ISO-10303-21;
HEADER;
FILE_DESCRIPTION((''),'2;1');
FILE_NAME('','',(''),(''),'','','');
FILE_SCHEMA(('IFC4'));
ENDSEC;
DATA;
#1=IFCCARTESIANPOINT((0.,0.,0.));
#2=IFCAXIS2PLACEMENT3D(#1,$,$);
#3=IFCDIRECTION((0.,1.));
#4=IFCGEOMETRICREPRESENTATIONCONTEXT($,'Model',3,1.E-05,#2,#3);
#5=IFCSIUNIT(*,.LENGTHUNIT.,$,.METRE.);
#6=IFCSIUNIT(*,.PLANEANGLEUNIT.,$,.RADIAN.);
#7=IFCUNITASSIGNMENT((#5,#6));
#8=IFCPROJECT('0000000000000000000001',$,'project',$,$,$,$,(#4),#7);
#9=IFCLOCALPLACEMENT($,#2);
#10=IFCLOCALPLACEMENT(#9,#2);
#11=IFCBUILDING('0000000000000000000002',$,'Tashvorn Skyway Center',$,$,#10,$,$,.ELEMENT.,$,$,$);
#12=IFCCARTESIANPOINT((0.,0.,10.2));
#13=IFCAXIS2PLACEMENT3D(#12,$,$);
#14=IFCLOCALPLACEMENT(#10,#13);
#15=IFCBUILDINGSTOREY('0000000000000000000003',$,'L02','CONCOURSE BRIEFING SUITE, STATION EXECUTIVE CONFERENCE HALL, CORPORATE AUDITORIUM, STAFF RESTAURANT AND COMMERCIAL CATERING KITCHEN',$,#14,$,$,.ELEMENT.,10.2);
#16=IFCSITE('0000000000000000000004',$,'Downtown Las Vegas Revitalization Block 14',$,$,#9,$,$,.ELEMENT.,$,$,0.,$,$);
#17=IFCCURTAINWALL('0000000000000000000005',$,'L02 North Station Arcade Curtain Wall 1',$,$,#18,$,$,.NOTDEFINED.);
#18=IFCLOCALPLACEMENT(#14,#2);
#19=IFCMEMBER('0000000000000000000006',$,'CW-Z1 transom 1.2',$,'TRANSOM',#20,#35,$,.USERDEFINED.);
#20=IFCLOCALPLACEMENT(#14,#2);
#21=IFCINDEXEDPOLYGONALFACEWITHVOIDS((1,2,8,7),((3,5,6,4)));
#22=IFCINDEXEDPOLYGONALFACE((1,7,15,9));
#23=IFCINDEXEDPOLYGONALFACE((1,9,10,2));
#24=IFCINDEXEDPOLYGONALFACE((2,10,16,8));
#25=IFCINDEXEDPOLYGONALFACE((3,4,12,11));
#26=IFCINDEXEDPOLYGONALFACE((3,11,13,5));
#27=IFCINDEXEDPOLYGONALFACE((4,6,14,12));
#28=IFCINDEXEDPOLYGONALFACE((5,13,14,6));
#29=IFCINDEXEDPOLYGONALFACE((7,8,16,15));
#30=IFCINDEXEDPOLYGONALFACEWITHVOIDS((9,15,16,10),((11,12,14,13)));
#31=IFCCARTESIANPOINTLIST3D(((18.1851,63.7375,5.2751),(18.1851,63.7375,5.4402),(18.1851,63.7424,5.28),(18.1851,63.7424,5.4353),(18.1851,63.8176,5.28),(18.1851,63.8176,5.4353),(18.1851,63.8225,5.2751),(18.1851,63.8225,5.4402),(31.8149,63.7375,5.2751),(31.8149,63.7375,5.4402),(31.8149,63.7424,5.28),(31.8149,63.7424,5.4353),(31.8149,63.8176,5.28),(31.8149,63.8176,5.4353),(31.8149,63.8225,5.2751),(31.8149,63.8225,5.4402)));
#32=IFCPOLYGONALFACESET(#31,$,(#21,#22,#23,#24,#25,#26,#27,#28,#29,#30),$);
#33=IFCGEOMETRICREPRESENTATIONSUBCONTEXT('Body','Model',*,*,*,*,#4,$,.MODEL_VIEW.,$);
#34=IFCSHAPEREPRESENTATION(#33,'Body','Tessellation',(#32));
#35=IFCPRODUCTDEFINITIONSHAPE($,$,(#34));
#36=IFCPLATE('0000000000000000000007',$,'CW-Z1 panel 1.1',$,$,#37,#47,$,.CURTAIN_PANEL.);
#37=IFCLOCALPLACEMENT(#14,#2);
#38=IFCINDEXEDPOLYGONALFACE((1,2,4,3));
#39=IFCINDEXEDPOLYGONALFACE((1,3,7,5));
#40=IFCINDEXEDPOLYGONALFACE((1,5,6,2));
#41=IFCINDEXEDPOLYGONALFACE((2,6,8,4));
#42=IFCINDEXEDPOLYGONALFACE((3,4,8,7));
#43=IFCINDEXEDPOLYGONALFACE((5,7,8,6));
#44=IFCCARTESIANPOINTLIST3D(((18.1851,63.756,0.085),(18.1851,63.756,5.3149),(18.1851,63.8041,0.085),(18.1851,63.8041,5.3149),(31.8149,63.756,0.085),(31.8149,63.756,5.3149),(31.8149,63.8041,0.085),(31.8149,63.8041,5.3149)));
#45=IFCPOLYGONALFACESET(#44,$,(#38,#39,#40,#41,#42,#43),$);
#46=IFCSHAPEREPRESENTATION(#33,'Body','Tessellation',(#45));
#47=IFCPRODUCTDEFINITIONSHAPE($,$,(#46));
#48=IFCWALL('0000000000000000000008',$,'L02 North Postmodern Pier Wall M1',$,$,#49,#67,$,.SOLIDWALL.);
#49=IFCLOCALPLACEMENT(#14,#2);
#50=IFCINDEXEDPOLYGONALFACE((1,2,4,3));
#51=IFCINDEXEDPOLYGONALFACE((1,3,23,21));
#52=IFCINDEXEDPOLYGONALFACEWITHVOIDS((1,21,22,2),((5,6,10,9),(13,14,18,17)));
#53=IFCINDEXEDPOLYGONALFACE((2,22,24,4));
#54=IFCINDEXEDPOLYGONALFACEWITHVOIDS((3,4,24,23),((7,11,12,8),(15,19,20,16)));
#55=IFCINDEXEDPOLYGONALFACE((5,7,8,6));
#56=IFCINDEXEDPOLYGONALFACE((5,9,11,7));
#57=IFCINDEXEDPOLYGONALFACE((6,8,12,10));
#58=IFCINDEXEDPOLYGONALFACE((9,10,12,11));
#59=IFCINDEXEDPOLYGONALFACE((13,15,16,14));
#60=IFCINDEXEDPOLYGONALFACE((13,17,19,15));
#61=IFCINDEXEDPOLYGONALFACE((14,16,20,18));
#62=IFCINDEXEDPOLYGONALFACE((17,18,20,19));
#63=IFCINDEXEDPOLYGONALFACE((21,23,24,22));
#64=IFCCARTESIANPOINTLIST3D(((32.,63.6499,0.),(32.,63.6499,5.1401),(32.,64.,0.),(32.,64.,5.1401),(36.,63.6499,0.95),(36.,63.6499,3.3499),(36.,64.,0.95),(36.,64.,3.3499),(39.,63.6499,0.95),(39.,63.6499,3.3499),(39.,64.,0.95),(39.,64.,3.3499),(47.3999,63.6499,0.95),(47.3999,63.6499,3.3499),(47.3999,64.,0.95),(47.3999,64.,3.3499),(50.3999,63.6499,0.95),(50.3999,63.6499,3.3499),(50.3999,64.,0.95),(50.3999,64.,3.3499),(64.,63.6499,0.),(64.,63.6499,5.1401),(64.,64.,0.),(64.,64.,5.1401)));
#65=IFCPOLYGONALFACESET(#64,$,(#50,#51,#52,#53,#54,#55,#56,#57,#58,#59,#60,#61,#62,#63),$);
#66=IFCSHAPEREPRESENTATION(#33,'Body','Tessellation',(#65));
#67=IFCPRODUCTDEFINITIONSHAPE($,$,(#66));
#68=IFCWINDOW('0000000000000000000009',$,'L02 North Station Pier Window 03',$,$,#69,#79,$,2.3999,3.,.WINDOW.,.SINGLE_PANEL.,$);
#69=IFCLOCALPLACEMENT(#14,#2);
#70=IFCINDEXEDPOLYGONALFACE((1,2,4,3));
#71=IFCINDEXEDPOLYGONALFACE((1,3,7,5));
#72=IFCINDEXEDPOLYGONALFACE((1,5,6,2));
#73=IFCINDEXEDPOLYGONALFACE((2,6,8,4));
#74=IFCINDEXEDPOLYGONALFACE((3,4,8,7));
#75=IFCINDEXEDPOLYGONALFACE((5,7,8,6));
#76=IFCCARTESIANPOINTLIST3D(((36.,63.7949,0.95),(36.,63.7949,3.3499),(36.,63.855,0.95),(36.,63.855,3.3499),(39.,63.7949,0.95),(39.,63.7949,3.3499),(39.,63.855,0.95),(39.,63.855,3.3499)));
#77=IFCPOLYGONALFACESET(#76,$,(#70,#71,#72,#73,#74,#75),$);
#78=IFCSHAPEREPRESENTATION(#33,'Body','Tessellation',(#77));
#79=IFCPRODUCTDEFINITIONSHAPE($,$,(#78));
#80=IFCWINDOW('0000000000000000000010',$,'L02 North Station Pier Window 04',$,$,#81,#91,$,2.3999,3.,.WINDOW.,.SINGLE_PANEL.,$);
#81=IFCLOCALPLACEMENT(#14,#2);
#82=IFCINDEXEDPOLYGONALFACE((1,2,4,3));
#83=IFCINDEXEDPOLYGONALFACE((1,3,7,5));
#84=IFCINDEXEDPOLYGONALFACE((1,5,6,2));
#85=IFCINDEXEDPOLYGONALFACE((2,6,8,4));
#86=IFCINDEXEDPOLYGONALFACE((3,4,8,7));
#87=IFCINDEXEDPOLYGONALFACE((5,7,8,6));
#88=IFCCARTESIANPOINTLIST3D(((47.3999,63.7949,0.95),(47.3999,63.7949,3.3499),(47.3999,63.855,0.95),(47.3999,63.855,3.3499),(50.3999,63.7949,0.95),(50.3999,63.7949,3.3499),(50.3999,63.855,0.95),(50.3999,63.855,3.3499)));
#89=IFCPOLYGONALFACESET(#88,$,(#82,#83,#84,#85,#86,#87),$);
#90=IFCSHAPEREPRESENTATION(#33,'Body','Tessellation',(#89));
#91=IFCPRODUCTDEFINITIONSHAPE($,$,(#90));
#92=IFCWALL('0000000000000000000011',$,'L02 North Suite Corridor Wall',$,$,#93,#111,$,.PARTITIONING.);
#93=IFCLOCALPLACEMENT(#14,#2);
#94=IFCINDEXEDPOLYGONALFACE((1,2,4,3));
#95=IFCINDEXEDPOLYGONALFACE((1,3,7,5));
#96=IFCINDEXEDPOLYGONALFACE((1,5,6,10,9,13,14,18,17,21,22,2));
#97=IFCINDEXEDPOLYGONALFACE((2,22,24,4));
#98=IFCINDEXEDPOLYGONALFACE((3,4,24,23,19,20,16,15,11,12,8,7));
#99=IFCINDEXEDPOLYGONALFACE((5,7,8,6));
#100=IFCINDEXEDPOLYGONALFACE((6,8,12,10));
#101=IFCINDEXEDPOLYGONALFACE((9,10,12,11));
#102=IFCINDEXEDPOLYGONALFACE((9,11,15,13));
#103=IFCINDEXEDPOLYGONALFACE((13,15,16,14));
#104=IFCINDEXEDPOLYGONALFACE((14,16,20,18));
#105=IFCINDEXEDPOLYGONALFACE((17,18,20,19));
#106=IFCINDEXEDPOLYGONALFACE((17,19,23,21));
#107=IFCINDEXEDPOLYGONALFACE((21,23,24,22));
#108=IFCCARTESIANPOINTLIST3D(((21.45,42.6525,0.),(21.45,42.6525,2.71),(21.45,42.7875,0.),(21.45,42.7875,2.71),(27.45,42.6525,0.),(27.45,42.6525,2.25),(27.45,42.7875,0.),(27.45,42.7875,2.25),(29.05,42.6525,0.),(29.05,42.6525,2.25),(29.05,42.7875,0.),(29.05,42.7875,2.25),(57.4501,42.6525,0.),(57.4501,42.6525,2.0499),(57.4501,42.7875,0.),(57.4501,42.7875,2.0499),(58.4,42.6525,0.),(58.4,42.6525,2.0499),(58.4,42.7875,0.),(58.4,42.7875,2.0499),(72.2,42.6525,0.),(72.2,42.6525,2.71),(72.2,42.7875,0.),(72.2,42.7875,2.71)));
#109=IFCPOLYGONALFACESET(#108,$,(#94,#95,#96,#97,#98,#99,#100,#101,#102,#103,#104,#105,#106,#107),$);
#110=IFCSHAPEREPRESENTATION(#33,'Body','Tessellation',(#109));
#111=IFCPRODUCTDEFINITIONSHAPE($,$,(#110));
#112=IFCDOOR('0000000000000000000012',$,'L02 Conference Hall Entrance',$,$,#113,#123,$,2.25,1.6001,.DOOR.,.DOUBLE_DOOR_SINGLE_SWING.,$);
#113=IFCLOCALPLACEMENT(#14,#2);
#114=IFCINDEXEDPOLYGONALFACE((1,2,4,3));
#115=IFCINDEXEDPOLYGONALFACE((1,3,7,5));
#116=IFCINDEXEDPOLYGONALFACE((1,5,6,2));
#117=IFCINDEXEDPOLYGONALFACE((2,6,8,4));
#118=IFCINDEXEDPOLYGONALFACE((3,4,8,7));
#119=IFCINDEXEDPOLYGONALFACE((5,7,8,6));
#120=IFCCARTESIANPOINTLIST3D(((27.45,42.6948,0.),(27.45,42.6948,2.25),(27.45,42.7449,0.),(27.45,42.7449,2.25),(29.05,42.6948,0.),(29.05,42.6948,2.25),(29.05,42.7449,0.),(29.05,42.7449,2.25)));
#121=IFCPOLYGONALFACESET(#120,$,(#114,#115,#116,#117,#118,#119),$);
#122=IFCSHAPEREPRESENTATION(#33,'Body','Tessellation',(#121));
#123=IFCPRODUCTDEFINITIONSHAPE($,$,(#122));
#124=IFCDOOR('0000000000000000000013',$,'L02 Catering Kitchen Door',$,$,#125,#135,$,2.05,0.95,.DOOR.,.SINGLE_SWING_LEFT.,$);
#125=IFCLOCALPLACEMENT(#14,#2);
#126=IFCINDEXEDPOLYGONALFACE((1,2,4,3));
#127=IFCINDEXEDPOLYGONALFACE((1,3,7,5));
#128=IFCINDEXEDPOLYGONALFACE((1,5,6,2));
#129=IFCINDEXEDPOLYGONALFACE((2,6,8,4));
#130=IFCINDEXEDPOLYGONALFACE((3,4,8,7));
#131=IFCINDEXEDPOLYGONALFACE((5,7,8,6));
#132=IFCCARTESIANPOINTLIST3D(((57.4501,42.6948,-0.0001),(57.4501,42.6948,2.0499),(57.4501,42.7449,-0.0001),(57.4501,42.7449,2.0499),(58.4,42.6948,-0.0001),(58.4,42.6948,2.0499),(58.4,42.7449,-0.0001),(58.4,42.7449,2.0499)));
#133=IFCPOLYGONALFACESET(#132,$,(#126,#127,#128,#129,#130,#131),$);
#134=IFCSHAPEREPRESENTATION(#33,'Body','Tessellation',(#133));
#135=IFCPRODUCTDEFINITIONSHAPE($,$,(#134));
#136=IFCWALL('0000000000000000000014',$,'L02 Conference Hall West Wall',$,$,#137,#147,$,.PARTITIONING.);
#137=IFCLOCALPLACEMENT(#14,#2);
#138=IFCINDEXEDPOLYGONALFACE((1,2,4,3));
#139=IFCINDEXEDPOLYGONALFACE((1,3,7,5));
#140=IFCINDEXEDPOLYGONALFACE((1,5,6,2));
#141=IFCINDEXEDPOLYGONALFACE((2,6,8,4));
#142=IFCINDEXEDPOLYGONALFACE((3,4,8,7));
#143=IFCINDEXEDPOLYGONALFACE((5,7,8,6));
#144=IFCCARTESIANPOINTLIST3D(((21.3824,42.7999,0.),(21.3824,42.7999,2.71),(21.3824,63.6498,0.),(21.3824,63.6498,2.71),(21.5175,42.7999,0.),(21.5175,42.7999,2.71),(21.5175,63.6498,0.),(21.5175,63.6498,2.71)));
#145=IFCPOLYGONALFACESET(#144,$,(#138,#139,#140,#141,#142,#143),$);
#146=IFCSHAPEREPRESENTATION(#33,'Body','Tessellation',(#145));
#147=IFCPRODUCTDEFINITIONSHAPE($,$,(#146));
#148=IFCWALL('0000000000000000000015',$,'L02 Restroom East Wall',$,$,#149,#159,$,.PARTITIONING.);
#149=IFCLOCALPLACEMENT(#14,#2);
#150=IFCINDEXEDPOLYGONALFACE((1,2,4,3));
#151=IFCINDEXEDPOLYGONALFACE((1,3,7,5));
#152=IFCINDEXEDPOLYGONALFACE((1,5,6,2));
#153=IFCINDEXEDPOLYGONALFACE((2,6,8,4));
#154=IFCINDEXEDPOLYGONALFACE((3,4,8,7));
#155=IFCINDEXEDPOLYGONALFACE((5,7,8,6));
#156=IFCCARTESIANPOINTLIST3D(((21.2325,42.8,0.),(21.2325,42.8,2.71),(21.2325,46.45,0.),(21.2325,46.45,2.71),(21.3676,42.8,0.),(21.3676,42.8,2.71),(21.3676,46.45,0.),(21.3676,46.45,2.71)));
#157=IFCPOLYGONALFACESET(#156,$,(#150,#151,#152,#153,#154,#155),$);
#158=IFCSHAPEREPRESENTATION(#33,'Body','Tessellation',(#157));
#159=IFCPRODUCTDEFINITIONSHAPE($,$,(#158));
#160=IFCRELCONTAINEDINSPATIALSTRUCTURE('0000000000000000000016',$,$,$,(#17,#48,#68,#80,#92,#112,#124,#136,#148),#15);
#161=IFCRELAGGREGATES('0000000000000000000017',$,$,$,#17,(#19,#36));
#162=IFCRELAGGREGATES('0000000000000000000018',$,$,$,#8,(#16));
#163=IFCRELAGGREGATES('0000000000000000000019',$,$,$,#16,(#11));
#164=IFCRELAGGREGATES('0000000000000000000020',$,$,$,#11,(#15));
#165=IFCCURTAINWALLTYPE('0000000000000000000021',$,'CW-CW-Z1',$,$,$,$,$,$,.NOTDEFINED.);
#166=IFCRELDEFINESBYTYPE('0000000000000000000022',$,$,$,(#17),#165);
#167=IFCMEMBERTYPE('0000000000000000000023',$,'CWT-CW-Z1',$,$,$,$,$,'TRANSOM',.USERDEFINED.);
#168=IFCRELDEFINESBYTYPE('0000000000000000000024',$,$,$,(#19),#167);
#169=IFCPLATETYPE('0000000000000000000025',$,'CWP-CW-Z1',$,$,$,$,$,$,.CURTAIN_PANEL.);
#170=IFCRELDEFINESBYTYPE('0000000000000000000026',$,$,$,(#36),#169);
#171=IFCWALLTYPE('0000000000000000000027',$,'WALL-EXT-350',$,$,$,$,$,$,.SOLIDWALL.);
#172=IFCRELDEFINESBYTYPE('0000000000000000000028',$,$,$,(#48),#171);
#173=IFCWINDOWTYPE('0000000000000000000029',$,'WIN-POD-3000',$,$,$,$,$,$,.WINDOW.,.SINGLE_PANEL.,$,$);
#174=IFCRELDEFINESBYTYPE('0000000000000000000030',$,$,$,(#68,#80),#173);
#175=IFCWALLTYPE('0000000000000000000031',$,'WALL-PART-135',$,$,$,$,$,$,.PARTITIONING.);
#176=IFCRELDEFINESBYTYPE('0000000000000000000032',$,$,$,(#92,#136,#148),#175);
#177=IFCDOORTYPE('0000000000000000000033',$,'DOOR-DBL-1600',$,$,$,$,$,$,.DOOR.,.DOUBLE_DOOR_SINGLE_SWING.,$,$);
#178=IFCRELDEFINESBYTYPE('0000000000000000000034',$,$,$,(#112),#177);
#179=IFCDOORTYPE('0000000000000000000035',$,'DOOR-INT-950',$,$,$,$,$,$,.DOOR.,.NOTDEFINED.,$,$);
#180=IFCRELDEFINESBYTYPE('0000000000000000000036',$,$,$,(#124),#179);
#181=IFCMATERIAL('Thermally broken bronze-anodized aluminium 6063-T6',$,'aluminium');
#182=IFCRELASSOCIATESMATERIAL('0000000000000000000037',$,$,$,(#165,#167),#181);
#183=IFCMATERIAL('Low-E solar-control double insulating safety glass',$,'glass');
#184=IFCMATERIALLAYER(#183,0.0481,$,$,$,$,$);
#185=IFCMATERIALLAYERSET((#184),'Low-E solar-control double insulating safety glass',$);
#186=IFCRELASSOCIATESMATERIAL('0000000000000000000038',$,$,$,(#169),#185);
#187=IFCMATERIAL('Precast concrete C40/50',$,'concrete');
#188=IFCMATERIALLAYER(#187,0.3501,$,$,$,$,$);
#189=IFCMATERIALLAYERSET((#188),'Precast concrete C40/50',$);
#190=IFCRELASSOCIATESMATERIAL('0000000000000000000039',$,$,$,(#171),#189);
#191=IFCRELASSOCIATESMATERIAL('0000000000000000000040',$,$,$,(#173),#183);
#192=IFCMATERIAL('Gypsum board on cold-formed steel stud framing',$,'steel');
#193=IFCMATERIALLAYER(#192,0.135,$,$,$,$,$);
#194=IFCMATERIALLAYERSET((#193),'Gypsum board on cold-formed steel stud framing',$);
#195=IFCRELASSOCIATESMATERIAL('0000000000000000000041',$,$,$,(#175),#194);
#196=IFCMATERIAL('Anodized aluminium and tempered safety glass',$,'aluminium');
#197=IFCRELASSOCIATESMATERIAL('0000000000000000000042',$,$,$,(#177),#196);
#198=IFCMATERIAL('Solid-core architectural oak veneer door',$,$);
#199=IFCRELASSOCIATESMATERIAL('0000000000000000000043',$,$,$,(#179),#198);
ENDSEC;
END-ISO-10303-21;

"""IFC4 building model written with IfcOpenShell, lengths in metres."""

from ifc_helpers import new_model, si_unit, direction, frame, frame_2d, origin, origin_2d, place, context, subcontext, project, spatial, rectangle, hollow_rectangle, extrude, material, layer, layer_set, material_profile, profile_set, type_object, element, fill, aggregate, save


model = new_model("IFC4")

# Units and contexts
model_context = context("Model", 3, precision=1e-05, world=origin(), true_north=direction((0.0, 1.0)))
body_context = subcontext(model_context, "Body", "Model", "MODEL_VIEW")
ifc_project = project(units=[si_unit("LENGTHUNIT", "METRE"), si_unit("PLANEANGLEUNIT", "RADIAN")], contexts=[model_context])

# Site, building, storey
site_placement = place(None, origin())
site = spatial("IfcSite", under=ifc_project, at=site_placement, Name="Downtown Las Vegas Revitalization Block 14", CompositionType="ELEMENT", RefElevation=0.0)
building_placement = place(site_placement, origin())
building = spatial("IfcBuilding", under=site, at=building_placement, Name="Tashvorn Skyway Center", CompositionType="ELEMENT")
storey_placement = place(building_placement, frame((0.0, 0.0, 10.2)))
storey = spatial("IfcBuildingStorey", under=building, at=storey_placement, Name="L02", Description="CONCOURSE BRIEFING SUITE, STATION EXECUTIVE CONFERENCE HALL, CORPORATE AUDITORIUM, STAFF RESTAURANT AND COMMERCIAL CATERING KITCHEN", CompositionType="ELEMENT", Elevation=10.2)

# Shared definitions
ifc_material_1 = material(Name="Precast concrete C40/50", Category="concrete")

# Curtain wall, member, plate
ifc_material_2 = material(Name="Thermally broken bronze-anodized aluminium 6063-T6", Category="aluminium")
curtain_wall_type = type_object("IfcCurtainWallType", Name="CW-CW-Z1", PredefinedType="NOTDEFINED", material=ifc_material_2)
curtain_wall_placement = place(storey_placement, origin())
curtain_wall = element("IfcCurtainWall", 1, at=curtain_wall_placement, inside=storey, type_object=curtain_wall_type, Name="L02 North Station Arcade Curtain Wall 1", PredefinedType="NOTDEFINED")
ifc_material_profile_1 = material_profile(ifc_material_2, hollow_rectangle(XDim=0.085, YDim=0.165, WallThickness=0.0049, at=origin_2d()), Name="ALU-TRAN-85x165")
ifc_profile_set_1 = profile_set([ifc_material_profile_1], Name="Thermally broken bronze-anodized aluminium 6063-T6")
member_type_1 = type_object("IfcMemberType", Name="CWT-CW-Z1", ElementType="TRANSOM", PredefinedType="USERDEFINED", material=ifc_profile_set_1)
member_1_placement = place(storey_placement, frame((18.1851, 63.78, 5.3577), z_axis=(1.0, 0.0, 0.0), x_axis=(0.0, 1.0, 0.0)))
member_1 = element("IfcMember", 2, at=member_1_placement, type_object=member_type_1, Name="CW-Z1 transom 1.2", ObjectType="TRANSOM", PredefinedType="USERDEFINED", context=body_context, shape_type="SweptSolid", body=[
    extrude(hollow_rectangle(XDim=0.085, YDim=0.165, WallThickness=0.0049, at=origin_2d()), origin(), (0.0, 0.0, 1.0), 13.6299),
])
ifc_material_3 = material(Name="Low-E solar-control double insulating safety glass", Category="glass")
ifc_layer_1 = layer(ifc_material_3, 0.0481)
ifc_layer_set_1 = layer_set([ifc_layer_1], Name="Low-E solar-control double insulating safety glass")
plate_type = type_object("IfcPlateType", Name="CWP-CW-Z1", PredefinedType="CURTAIN_PANEL", material=ifc_layer_set_1)
plate_placement = place(storey_placement, frame((25.0, 63.78, 0.085), z_axis=(0.0, 0.0, 1.0), x_axis=(1.0, 0.0, 0.0)))
plate = element("IfcPlate", 3, at=plate_placement, type_object=plate_type, Name="CW-Z1 panel 1.1", PredefinedType="CURTAIN_PANEL", context=body_context, shape_type="SweptSolid", body=[
    extrude(rectangle(XDim=13.6299, YDim=0.0481, at=origin_2d()), origin(), (0.0, 0.0, 1.0), 5.23),
])
aggregate(curtain_wall, [member_1, plate])

# Wall, openings, windows
ifc_layer_2 = layer(ifc_material_1, 0.3501)
ifc_layer_set_2 = layer_set([ifc_layer_2], Name="Precast concrete C40/50")
wall_type_1 = type_object("IfcWallType", Name="WALL-EXT-350", PredefinedType="SOLIDWALL", material=ifc_layer_set_2)
wall_1_placement = place(storey_placement, frame((32.0, 63.825, 0.0), z_axis=(0.0, 0.0, 1.0), x_axis=(1.0, 0.0, 0.0)))
wall_1 = element("IfcWall", 4, at=wall_1_placement, inside=storey, type_object=wall_type_1, Name="L02 North Postmodern Pier Wall M1", PredefinedType="SOLIDWALL", context=body_context, shape_type="SweptSolid", body=[
    extrude(rectangle(XDim=32.0, YDim=0.3501, at=frame_2d((16.0, 0.0))), origin(), (0.0, 0.0, 1.0), 5.1401),
])
opening_1_placement = place(wall_1_placement, frame((4.0, 0.0, 0.95)))
opening_1 = element("IfcOpeningElement", 5, at=opening_1_placement, cuts=wall_1, PredefinedType="OPENING", context=body_context, shape_type="SweptSolid", body=[
    extrude(rectangle(XDim=3.0, YDim=2.3999, at=frame_2d((1.5, 1.2))), frame((0.0, 0.1851, 0.0), z_axis=(0.0, -1.0, 0.0), x_axis=(1.0, 0.0, 0.0)), (0.0, 0.0, 1.0), 0.3701),
])
opening_2_placement = place(wall_1_placement, frame((15.3999, 0.0, 0.95)))
opening_2 = element("IfcOpeningElement", 6, at=opening_2_placement, cuts=wall_1, PredefinedType="OPENING", context=body_context, shape_type="SweptSolid", body=[
    extrude(rectangle(XDim=3.0, YDim=2.3999, at=frame_2d((1.5, 1.2))), frame((0.0, 0.1851, 0.0), z_axis=(0.0, -1.0, 0.0), x_axis=(1.0, 0.0, 0.0)), (0.0, 0.0, 1.0), 0.3701),
])
window_type = type_object("IfcWindowType", Name="WIN-POD-3000", PartitioningType="SINGLE_PANEL", PredefinedType="WINDOW", material=ifc_material_3)
window_1_placement = place(opening_1_placement, origin())
window_1 = element("IfcWindow", 7, at=window_1_placement, inside=storey, type_object=window_type, Name="L02 North Station Pier Window 03", OverallHeight=2.3999, OverallWidth=3.0, PartitioningType="SINGLE_PANEL", PredefinedType="WINDOW", context=body_context, shape_type="SweptSolid", body=[
    extrude(rectangle(XDim=3.0, YDim=2.3999, at=frame_2d((1.5, 1.2))), frame((0.0, 0.03, 0.0), z_axis=(0.0, -1.0, 0.0), x_axis=(1.0, 0.0, 0.0)), (0.0, 0.0, 1.0), 0.0601),
])
fill(opening_1, window_1)
window_2_placement = place(opening_2_placement, origin())
window_2 = element("IfcWindow", 8, at=window_2_placement, inside=storey, type_object=window_type, Name="L02 North Station Pier Window 04", OverallHeight=2.3999, OverallWidth=3.0, PartitioningType="SINGLE_PANEL", PredefinedType="WINDOW", context=body_context, shape_type="SweptSolid", body=[
    extrude(rectangle(XDim=3.0, YDim=2.3999, at=frame_2d((1.5, 1.2))), frame((0.0, 0.03, 0.0), z_axis=(0.0, -1.0, 0.0), x_axis=(1.0, 0.0, 0.0)), (0.0, 0.0, 1.0), 0.0601),
])
fill(opening_2, window_2)

# Wall, openings, doors
ifc_material_4 = material(Name="Gypsum board on cold-formed steel stud framing", Category="steel")
ifc_layer_3 = layer(ifc_material_4, 0.135)
ifc_layer_set_3 = layer_set([ifc_layer_3], Name="Gypsum board on cold-formed steel stud framing")
wall_type_2 = type_object("IfcWallType", Name="WALL-PART-135", PredefinedType="PARTITIONING", material=ifc_layer_set_3)
wall_2_placement = place(storey_placement, frame((21.45, 42.72, 0.0), z_axis=(0.0, 0.0, 1.0), x_axis=(1.0, 0.0, 0.0)))
wall_2 = element("IfcWall", 9, at=wall_2_placement, inside=storey, type_object=wall_type_2, Name="L02 North Suite Corridor Wall", PredefinedType="PARTITIONING", context=body_context, shape_type="SweptSolid", body=[
    extrude(rectangle(XDim=50.75, YDim=0.135, at=frame_2d((25.375, 0.0))), origin(), (0.0, 0.0, 1.0), 2.71),
])
opening_3_placement = place(wall_2_placement, frame((6.0, 0.0, 0.0)))
opening_3 = element("IfcOpeningElement", 10, at=opening_3_placement, cuts=wall_2, PredefinedType="OPENING", context=body_context, shape_type="SweptSolid", body=[
    extrude(rectangle(XDim=1.6001, YDim=2.25, at=frame_2d((0.8, 1.125))), frame((0.0, 0.0774, 0.0), z_axis=(0.0, -1.0, 0.0), x_axis=(1.0, 0.0, 0.0)), (0.0, 0.0, 1.0), 0.155),
])
opening_4_placement = place(wall_2_placement, frame((36.0, 0.0, 0.0)))
opening_4 = element("IfcOpeningElement", 11, at=opening_4_placement, cuts=wall_2, PredefinedType="OPENING", context=body_context, shape_type="SweptSolid", body=[
    extrude(rectangle(XDim=0.95, YDim=2.05, at=frame_2d((0.4751, 1.0249))), frame((0.0, 0.0774, 0.0), z_axis=(0.0, -1.0, 0.0), x_axis=(1.0, 0.0, 0.0)), (0.0, 0.0, 1.0), 0.155),
])
ifc_material_5 = material(Name="Anodized aluminium and tempered safety glass", Category="aluminium")
door_type_1 = type_object("IfcDoorType", Name="DOOR-DBL-1600", OperationType="DOUBLE_DOOR_SINGLE_SWING", PredefinedType="DOOR", material=ifc_material_5)
door_1_placement = place(opening_3_placement, origin())
door_1 = element("IfcDoor", 12, at=door_1_placement, inside=storey, type_object=door_type_1, Name="L02 Conference Hall Entrance", OperationType="DOUBLE_DOOR_SINGLE_SWING", OverallHeight=2.25, OverallWidth=1.6001, PredefinedType="DOOR", context=body_context, shape_type="SweptSolid", body=[
    extrude(rectangle(XDim=1.6001, YDim=2.25, at=frame_2d((0.8, 1.125))), frame((0.0, 0.0249, 0.0), z_axis=(0.0, -1.0, 0.0), x_axis=(1.0, 0.0, 0.0)), (0.0, 0.0, 1.0), 0.05),
])
fill(opening_3, door_1)
ifc_material_6 = material(Name="Solid-core architectural oak veneer door")
door_type_2 = type_object("IfcDoorType", Name="DOOR-INT-950", OperationType="NOTDEFINED", PredefinedType="DOOR", material=ifc_material_6)
door_2_placement = place(opening_4_placement, origin())
door_2 = element("IfcDoor", 13, at=door_2_placement, inside=storey, type_object=door_type_2, Name="L02 Catering Kitchen Door", OperationType="SINGLE_SWING_LEFT", OverallHeight=2.05, OverallWidth=0.95, PredefinedType="DOOR", context=body_context, shape_type="SweptSolid", body=[
    extrude(rectangle(XDim=0.95, YDim=2.05, at=frame_2d((0.4751, 1.0249))), frame((0.0, 0.0249, 0.0), z_axis=(0.0, -1.0, 0.0), x_axis=(1.0, 0.0, 0.0)), (0.0, 0.0, 1.0), 0.05),
])
fill(opening_4, door_2)

# Walls
wall_3_placement = place(storey_placement, frame((21.45, 42.8, 0.0), z_axis=(0.0, 0.0, 1.0), x_axis=(0.0, 1.0, 0.0)))
element("IfcWall", 14, at=wall_3_placement, inside=storey, type_object=wall_type_2, Name="L02 Conference Hall West Wall", PredefinedType="PARTITIONING", context=body_context, shape_type="SweptSolid", body=[
    extrude(rectangle(XDim=20.8499, YDim=0.135, at=frame_2d((10.4248, 0.0))), origin(), (0.0, 0.0, 1.0), 2.71),
])
wall_4_placement = place(storey_placement, frame((21.3, 42.8, 0.0), z_axis=(0.0, 0.0, 1.0), x_axis=(0.0, 1.0, 0.0)))
element("IfcWall", 15, at=wall_4_placement, inside=storey, type_object=wall_type_2, Name="L02 Restroom East Wall", PredefinedType="PARTITIONING", context=body_context, shape_type="SweptSolid", body=[
    extrude(rectangle(XDim=3.6499, YDim=0.135, at=frame_2d((1.825, 0.0))), origin(), (0.0, 0.0, 1.0), 2.71),
])

save(model, "model.ifc")
